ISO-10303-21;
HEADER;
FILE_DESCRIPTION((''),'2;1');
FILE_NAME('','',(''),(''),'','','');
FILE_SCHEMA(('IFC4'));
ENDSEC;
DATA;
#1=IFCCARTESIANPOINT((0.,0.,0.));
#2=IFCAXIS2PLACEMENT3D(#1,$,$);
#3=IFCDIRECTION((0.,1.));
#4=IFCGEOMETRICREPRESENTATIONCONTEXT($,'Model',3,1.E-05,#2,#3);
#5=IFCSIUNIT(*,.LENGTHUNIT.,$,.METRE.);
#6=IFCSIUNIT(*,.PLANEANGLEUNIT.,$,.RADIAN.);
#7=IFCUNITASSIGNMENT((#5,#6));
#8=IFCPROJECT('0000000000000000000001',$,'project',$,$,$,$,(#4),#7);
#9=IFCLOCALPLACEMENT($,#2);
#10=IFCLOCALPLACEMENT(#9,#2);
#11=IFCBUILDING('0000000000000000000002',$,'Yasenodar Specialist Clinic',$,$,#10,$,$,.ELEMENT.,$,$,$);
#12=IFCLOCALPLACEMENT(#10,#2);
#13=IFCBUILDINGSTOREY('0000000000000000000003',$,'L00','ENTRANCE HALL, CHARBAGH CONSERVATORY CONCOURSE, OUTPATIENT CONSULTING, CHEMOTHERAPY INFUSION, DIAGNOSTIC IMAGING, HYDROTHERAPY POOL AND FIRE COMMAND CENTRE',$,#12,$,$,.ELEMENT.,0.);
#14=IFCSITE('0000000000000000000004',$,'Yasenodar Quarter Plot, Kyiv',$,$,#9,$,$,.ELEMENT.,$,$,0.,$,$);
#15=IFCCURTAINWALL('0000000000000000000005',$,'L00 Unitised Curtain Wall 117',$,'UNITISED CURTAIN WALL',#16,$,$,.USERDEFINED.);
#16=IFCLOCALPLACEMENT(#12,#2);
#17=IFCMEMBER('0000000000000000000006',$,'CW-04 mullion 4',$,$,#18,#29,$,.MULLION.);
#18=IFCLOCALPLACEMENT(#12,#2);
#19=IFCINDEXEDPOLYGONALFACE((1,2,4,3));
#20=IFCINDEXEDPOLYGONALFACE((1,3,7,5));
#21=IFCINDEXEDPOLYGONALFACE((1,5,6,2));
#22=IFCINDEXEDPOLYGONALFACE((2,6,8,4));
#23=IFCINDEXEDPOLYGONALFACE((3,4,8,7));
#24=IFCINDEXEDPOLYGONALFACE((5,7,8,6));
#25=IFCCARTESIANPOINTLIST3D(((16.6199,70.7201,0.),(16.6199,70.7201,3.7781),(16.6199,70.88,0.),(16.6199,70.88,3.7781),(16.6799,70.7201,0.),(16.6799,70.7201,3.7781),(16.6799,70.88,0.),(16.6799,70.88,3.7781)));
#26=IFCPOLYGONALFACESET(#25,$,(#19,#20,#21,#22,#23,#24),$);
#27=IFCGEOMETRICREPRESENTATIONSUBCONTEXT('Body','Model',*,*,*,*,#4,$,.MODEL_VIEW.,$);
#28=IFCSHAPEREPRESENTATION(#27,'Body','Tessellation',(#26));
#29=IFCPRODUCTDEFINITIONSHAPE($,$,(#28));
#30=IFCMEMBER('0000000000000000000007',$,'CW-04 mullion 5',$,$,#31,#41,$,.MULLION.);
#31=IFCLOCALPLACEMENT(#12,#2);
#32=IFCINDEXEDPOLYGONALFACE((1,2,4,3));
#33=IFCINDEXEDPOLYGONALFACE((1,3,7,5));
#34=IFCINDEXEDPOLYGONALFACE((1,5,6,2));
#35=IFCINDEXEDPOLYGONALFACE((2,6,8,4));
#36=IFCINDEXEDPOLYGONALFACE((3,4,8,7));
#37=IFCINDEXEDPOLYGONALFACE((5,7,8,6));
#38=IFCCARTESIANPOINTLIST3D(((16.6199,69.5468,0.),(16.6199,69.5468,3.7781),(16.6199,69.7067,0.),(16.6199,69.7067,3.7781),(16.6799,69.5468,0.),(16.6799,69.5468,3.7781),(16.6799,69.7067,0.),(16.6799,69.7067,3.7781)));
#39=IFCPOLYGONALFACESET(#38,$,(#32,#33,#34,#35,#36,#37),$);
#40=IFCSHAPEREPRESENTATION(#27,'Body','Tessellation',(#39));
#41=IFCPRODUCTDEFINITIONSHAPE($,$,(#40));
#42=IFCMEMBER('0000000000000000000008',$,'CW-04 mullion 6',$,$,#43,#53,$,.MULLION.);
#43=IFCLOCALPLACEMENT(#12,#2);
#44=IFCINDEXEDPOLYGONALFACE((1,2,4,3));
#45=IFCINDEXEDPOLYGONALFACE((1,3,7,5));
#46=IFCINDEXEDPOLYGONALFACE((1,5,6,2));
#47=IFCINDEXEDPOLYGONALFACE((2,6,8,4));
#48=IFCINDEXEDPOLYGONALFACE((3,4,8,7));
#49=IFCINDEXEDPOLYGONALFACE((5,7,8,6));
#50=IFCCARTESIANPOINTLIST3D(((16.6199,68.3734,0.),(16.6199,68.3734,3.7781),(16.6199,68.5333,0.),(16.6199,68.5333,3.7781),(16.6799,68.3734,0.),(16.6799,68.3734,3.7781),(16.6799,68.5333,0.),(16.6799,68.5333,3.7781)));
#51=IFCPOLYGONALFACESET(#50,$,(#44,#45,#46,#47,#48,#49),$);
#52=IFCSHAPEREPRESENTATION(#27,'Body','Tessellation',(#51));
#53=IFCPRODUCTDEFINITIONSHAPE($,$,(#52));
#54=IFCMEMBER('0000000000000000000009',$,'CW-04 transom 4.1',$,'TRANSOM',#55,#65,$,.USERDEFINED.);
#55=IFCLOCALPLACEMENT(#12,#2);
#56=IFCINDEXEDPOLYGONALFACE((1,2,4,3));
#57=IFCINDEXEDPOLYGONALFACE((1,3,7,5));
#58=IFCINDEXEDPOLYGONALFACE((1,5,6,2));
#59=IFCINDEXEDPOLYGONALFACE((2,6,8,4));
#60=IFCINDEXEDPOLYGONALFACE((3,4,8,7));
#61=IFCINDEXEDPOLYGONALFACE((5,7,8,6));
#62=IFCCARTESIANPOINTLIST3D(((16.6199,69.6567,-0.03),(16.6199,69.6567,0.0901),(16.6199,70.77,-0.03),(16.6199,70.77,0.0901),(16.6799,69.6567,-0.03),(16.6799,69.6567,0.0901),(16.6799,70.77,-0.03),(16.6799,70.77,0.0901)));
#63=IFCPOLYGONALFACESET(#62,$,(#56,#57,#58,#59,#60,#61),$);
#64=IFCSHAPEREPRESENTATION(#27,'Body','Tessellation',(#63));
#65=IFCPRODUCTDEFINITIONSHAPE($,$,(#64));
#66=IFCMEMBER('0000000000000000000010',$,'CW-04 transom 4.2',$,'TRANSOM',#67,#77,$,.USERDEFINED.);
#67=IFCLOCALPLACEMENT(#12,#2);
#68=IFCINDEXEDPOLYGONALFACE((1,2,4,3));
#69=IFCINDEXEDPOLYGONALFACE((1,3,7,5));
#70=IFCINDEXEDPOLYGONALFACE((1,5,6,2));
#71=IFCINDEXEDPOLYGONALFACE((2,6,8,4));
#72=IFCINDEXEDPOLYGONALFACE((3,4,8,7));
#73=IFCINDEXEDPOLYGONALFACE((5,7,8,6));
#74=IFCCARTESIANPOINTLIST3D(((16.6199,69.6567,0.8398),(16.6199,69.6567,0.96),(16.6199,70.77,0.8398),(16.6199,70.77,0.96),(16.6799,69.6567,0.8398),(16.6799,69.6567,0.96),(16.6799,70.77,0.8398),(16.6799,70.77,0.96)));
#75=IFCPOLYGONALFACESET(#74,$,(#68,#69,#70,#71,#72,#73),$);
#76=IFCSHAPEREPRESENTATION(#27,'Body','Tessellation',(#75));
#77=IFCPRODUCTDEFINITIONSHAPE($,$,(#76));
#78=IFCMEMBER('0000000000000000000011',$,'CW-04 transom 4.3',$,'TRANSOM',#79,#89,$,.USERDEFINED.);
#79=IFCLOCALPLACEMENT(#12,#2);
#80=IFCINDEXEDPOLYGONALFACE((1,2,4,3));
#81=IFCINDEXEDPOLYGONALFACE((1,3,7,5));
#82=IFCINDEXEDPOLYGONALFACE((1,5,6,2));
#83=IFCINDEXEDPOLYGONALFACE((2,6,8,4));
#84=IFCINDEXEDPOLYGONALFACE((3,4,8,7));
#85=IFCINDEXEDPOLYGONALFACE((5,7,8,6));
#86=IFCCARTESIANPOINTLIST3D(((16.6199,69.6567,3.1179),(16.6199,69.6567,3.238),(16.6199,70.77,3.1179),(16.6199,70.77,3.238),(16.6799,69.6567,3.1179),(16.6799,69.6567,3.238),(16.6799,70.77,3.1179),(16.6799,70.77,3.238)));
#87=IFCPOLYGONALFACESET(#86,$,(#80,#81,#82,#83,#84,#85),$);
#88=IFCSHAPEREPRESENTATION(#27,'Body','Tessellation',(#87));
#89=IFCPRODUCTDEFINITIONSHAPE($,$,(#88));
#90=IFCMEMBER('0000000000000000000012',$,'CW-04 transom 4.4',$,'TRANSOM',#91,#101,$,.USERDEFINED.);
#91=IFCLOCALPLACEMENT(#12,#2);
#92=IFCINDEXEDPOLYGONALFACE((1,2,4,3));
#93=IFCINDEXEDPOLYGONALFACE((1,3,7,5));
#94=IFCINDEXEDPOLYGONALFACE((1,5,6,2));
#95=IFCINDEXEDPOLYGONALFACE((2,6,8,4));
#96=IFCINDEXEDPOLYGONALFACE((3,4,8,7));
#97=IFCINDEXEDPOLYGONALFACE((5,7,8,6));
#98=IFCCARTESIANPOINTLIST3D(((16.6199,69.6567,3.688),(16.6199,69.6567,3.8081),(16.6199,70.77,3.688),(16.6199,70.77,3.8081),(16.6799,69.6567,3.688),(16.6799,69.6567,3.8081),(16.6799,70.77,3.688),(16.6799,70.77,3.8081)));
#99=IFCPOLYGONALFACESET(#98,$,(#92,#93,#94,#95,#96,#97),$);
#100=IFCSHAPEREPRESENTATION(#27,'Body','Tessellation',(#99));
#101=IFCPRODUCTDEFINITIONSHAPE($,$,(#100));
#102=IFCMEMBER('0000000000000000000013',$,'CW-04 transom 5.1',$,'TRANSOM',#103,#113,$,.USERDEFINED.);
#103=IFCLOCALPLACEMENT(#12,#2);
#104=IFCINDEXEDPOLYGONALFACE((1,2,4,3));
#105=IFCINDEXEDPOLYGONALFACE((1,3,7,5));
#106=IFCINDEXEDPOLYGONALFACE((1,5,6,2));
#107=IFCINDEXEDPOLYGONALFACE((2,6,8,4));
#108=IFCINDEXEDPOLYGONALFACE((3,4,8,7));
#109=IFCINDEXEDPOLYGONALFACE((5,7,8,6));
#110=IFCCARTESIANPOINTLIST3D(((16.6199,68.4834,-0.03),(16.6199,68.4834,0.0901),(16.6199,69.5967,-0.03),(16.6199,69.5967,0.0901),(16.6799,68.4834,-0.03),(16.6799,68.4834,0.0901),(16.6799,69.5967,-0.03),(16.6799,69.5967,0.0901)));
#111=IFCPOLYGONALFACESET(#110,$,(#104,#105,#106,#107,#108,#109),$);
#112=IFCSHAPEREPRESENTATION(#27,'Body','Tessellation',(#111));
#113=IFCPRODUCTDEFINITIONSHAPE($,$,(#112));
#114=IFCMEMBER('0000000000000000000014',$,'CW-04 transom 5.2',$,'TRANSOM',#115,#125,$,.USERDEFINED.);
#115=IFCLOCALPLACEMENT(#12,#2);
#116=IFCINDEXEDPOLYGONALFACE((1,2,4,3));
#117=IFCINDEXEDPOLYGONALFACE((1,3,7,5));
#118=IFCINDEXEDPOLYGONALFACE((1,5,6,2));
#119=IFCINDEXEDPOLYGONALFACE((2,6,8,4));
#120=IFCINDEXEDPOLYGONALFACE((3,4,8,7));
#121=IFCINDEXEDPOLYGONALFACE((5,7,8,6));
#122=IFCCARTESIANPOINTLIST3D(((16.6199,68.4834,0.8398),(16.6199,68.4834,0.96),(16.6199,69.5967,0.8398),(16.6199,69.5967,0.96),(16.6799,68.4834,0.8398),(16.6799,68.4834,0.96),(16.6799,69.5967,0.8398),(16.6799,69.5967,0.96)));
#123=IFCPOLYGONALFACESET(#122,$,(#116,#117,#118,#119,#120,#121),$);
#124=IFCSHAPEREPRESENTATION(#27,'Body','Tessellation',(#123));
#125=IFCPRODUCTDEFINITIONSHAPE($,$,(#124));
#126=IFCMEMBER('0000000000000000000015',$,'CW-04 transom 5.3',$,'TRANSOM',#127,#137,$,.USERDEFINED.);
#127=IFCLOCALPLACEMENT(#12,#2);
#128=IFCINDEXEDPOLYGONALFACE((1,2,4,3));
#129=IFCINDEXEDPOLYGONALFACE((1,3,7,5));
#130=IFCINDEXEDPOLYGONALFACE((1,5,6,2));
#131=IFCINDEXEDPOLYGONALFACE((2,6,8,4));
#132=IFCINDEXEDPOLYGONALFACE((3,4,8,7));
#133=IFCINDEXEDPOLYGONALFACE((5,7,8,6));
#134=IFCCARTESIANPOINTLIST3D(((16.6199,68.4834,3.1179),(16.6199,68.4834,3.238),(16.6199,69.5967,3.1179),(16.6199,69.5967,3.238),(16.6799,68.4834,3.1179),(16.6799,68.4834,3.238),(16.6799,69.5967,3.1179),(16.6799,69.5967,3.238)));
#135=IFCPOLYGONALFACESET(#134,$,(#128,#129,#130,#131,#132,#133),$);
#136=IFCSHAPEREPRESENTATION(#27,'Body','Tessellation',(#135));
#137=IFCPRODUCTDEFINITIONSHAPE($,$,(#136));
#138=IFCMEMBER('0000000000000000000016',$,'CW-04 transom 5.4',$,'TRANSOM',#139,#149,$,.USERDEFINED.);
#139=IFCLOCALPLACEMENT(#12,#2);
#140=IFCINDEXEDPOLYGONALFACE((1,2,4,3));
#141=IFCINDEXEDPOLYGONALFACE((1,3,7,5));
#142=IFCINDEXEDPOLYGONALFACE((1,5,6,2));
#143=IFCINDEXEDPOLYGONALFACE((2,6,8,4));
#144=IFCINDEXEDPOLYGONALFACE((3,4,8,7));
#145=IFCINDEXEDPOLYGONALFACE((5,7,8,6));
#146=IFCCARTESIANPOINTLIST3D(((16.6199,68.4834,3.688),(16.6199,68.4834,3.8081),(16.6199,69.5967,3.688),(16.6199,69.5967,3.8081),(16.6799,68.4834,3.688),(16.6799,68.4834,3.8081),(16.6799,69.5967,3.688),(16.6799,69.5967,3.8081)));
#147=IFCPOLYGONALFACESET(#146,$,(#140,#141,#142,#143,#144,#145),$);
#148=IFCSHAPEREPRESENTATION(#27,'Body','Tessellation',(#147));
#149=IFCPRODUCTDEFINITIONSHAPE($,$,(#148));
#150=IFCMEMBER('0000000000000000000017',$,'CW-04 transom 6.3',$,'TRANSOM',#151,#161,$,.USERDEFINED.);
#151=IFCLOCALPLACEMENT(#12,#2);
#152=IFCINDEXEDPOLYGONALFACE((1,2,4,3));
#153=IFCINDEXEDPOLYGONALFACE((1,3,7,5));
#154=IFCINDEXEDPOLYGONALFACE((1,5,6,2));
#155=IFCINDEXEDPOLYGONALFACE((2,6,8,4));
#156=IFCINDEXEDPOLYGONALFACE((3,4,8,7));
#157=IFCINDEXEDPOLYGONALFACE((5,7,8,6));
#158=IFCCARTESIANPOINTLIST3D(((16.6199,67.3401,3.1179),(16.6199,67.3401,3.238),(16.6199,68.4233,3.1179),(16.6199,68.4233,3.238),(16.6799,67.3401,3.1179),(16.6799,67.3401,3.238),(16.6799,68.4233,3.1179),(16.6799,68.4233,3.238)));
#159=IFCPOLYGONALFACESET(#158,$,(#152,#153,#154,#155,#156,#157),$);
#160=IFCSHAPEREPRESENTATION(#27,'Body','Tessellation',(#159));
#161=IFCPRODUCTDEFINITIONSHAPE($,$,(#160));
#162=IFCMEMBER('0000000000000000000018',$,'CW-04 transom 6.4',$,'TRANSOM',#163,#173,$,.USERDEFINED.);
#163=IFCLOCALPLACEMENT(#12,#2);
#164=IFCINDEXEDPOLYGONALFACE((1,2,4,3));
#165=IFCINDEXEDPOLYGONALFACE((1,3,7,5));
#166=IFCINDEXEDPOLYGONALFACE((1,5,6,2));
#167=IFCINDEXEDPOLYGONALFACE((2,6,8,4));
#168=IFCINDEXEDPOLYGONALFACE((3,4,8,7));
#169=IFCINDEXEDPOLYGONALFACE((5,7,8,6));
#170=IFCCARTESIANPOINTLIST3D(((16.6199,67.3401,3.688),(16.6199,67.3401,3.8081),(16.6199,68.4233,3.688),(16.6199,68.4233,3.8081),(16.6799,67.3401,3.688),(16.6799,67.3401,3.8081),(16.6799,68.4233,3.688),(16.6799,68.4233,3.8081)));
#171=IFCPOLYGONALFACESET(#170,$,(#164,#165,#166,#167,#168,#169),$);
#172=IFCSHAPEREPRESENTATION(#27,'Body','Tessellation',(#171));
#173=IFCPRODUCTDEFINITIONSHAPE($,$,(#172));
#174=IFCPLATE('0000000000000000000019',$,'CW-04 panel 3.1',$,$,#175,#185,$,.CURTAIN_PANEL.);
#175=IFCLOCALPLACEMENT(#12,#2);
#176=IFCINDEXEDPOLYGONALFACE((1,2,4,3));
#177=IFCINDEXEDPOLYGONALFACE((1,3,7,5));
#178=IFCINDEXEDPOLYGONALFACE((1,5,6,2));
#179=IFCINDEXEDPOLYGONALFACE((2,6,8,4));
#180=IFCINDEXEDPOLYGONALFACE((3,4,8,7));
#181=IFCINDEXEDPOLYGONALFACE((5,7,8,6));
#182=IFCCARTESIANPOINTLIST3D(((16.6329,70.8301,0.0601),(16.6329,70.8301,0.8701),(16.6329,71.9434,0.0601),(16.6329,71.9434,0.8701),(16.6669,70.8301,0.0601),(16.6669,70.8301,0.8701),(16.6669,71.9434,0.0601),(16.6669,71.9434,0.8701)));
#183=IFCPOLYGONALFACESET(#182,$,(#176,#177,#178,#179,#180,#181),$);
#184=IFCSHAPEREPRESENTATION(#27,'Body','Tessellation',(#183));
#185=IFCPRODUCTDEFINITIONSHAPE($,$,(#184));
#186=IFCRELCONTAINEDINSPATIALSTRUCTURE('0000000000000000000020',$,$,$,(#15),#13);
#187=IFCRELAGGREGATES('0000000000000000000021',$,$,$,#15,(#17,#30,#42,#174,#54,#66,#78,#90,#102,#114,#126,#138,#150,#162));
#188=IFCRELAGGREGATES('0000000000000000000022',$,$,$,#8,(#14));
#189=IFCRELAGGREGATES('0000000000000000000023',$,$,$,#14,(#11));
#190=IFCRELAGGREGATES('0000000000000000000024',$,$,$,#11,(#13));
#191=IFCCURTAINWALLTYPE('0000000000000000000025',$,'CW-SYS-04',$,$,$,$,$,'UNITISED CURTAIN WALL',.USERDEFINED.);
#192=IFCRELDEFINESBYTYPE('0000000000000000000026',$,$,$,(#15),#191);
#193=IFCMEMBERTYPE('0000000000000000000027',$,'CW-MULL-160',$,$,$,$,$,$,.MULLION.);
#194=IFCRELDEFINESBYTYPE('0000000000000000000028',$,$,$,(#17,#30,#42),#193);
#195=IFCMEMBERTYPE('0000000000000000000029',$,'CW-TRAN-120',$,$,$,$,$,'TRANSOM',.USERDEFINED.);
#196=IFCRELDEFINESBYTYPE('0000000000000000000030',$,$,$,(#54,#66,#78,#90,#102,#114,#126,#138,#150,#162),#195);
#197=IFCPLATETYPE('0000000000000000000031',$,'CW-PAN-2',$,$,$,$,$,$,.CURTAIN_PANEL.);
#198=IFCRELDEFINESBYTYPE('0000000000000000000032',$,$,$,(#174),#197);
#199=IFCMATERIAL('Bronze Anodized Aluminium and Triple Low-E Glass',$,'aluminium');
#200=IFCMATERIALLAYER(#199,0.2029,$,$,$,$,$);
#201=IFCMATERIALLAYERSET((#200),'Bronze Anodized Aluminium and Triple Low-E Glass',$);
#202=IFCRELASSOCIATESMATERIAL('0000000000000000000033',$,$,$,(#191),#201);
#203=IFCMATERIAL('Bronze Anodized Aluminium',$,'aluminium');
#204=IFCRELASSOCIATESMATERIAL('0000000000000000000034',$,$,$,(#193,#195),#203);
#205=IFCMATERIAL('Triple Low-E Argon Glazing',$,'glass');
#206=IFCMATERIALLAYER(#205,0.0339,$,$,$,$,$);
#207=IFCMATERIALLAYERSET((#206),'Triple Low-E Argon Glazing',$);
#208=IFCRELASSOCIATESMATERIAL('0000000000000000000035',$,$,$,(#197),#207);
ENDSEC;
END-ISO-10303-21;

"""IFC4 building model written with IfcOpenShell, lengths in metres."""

from ifc_helpers import new_model, si_unit, direction, frame, origin, origin_2d, place, context, subcontext, project, spatial, rectangle, extrude, material, layer, layer_set, material_profile, profile_set, type_object, element, aggregate, save


model = new_model("IFC4")

# Units and contexts
model_context = context("Model", 3, precision=1e-05, world=origin(), true_north=direction((0.0, 1.0)))
body_context = subcontext(model_context, "Body", "Model", "MODEL_VIEW")
ifc_project = project(units=[si_unit("LENGTHUNIT", "METRE"), si_unit("PLANEANGLEUNIT", "RADIAN")], contexts=[model_context])

# Site, building, storey
site_placement = place(None, origin())
site = spatial("IfcSite", under=ifc_project, at=site_placement, Name="Yasenodar Quarter Plot, Kyiv", CompositionType="ELEMENT", RefElevation=0.0)
building_placement = place(site_placement, origin())
building = spatial("IfcBuilding", under=site, at=building_placement, Name="Yasenodar Specialist Clinic", CompositionType="ELEMENT")
storey_placement = place(building_placement, origin())
storey = spatial("IfcBuildingStorey", under=building, at=storey_placement, Name="L00", Description="ENTRANCE HALL, CHARBAGH CONSERVATORY CONCOURSE, OUTPATIENT CONSULTING, CHEMOTHERAPY INFUSION, DIAGNOSTIC IMAGING, HYDROTHERAPY POOL AND FIRE COMMAND CENTRE", CompositionType="ELEMENT", Elevation=0.0)

# Curtain wall, members, plate
ifc_material_1 = material(Name="Bronze Anodized Aluminium and Triple Low-E Glass", Category="aluminium")
ifc_layer_1 = layer(ifc_material_1, 0.2029)
ifc_layer_set_1 = layer_set([ifc_layer_1], Name="Bronze Anodized Aluminium and Triple Low-E Glass")
curtain_wall_type = type_object("IfcCurtainWallType", Name="CW-SYS-04", ElementType="UNITISED CURTAIN WALL", PredefinedType="USERDEFINED", material=ifc_layer_set_1)
curtain_wall_placement = place(storey_placement, origin())
curtain_wall = element("IfcCurtainWall", 1, at=curtain_wall_placement, inside=storey, type_object=curtain_wall_type, Name="L00 Unitised Curtain Wall 117", ObjectType="UNITISED CURTAIN WALL", PredefinedType="USERDEFINED")
ifc_material_2 = material(Name="Bronze Anodized Aluminium", Category="aluminium")
ifc_material_profile_1 = material_profile(ifc_material_2, rectangle(XDim=0.0601, YDim=0.1599, at=origin_2d()), Name="CW-MULL 60x160")
ifc_profile_set_1 = profile_set([ifc_material_profile_1], Name="Bronze Anodized Aluminium")
member_type_1 = type_object("IfcMemberType", Name="CW-MULL-160", PredefinedType="MULLION", material=ifc_profile_set_1)
member_1_placement = place(storey_placement, frame((16.6499, 70.8, 0.0), z_axis=(0.0, 0.0, 1.0), x_axis=(1.0, 0.0, 0.0)))
member_1 = element("IfcMember", 2, at=member_1_placement, type_object=member_type_1, Name="CW-04 mullion 4", PredefinedType="MULLION", context=body_context, shape_type="SweptSolid", body=[
    extrude(rectangle(XDim=0.0601, YDim=0.1599, at=origin_2d()), origin(), (0.0, 0.0, 1.0), 3.7781),
])
member_2_placement = place(storey_placement, frame((16.6499, 69.6267, 0.0), z_axis=(0.0, 0.0, 1.0), x_axis=(1.0, 0.0, 0.0)))
member_2 = element("IfcMember", 3, at=member_2_placement, type_object=member_type_1, Name="CW-04 mullion 5", PredefinedType="MULLION", context=body_context, shape_type="SweptSolid", body=[
    extrude(rectangle(XDim=0.0601, YDim=0.1599, at=origin_2d()), origin(), (0.0, 0.0, 1.0), 3.7781),
])
member_3_placement = place(storey_placement, frame((16.6499, 68.4534, 0.0), z_axis=(0.0, 0.0, 1.0), x_axis=(1.0, 0.0, 0.0)))
member_3 = element("IfcMember", 4, at=member_3_placement, type_object=member_type_1, Name="CW-04 mullion 6", PredefinedType="MULLION", context=body_context, shape_type="SweptSolid", body=[
    extrude(rectangle(XDim=0.0601, YDim=0.1599, at=origin_2d()), origin(), (0.0, 0.0, 1.0), 3.7781),
])
ifc_material_profile_2 = material_profile(ifc_material_2, rectangle(XDim=0.0601, YDim=0.1201, at=origin_2d()), Name="CW-TRAN 60x120")
ifc_profile_set_2 = profile_set([ifc_material_profile_2], Name="Bronze Anodized Aluminium")
member_type_2 = type_object("IfcMemberType", Name="CW-TRAN-120", ElementType="TRANSOM", PredefinedType="USERDEFINED", material=ifc_profile_set_2)
member_4_placement = place(storey_placement, frame((16.6499, 70.77, 0.03), z_axis=(0.0, -1.0, 0.0), x_axis=(1.0, 0.0, 0.0)))
member_4 = element("IfcMember", 5, at=member_4_placement, type_object=member_type_2, Name="CW-04 transom 4.1", ObjectType="TRANSOM", PredefinedType="USERDEFINED", context=body_context, shape_type="SweptSolid", body=[
    extrude(rectangle(XDim=0.0601, YDim=0.1201, at=origin_2d()), origin(), (0.0, 0.0, 1.0), 1.1133),
])
member_5_placement = place(storey_placement, frame((16.6499, 70.77, 0.8999), z_axis=(0.0, -1.0, 0.0), x_axis=(1.0, 0.0, 0.0)))
member_5 = element("IfcMember", 6, at=member_5_placement, type_object=member_type_2, Name="CW-04 transom 4.2", ObjectType="TRANSOM", PredefinedType="USERDEFINED", context=body_context, shape_type="SweptSolid", body=[
    extrude(rectangle(XDim=0.0601, YDim=0.1201, at=origin_2d()), origin(), (0.0, 0.0, 1.0), 1.1133),
])
member_6_placement = place(storey_placement, frame((16.6499, 70.77, 3.178), z_axis=(0.0, -1.0, 0.0), x_axis=(1.0, 0.0, 0.0)))
member_6 = element("IfcMember", 7, at=member_6_placement, type_object=member_type_2, Name="CW-04 transom 4.3", ObjectType="TRANSOM", PredefinedType="USERDEFINED", context=body_context, shape_type="SweptSolid", body=[
    extrude(rectangle(XDim=0.0601, YDim=0.1201, at=origin_2d()), origin(), (0.0, 0.0, 1.0), 1.1133),
])
member_7_placement = place(storey_placement, frame((16.6499, 70.77, 3.748), z_axis=(0.0, -1.0, 0.0), x_axis=(1.0, 0.0, 0.0)))
member_7 = element("IfcMember", 8, at=member_7_placement, type_object=member_type_2, Name="CW-04 transom 4.4", ObjectType="TRANSOM", PredefinedType="USERDEFINED", context=body_context, shape_type="SweptSolid", body=[
    extrude(rectangle(XDim=0.0601, YDim=0.1201, at=origin_2d()), origin(), (0.0, 0.0, 1.0), 1.1133),
])
member_8_placement = place(storey_placement, frame((16.6499, 69.5967, 0.03), z_axis=(0.0, -1.0, 0.0), x_axis=(1.0, 0.0, 0.0)))
member_8 = element("IfcMember", 9, at=member_8_placement, type_object=member_type_2, Name="CW-04 transom 5.1", ObjectType="TRANSOM", PredefinedType="USERDEFINED", context=body_context, shape_type="SweptSolid", body=[
    extrude(rectangle(XDim=0.0601, YDim=0.1201, at=origin_2d()), origin(), (0.0, 0.0, 1.0), 1.1133),
])
member_9_placement = place(storey_placement, frame((16.6499, 69.5967, 0.8999), z_axis=(0.0, -1.0, 0.0), x_axis=(1.0, 0.0, 0.0)))
member_9 = element("IfcMember", 10, at=member_9_placement, type_object=member_type_2, Name="CW-04 transom 5.2", ObjectType="TRANSOM", PredefinedType="USERDEFINED", context=body_context, shape_type="SweptSolid", body=[
    extrude(rectangle(XDim=0.0601, YDim=0.1201, at=origin_2d()), origin(), (0.0, 0.0, 1.0), 1.1133),
])
member_10_placement = place(storey_placement, frame((16.6499, 69.5967, 3.178), z_axis=(0.0, -1.0, 0.0), x_axis=(1.0, 0.0, 0.0)))
member_10 = element("IfcMember", 11, at=member_10_placement, type_object=member_type_2, Name="CW-04 transom 5.3", ObjectType="TRANSOM", PredefinedType="USERDEFINED", context=body_context, shape_type="SweptSolid", body=[
    extrude(rectangle(XDim=0.0601, YDim=0.1201, at=origin_2d()), origin(), (0.0, 0.0, 1.0), 1.1133),
])
member_11_placement = place(storey_placement, frame((16.6499, 69.5967, 3.748), z_axis=(0.0, -1.0, 0.0), x_axis=(1.0, 0.0, 0.0)))
member_11 = element("IfcMember", 12, at=member_11_placement, type_object=member_type_2, Name="CW-04 transom 5.4", ObjectType="TRANSOM", PredefinedType="USERDEFINED", context=body_context, shape_type="SweptSolid", body=[
    extrude(rectangle(XDim=0.0601, YDim=0.1201, at=origin_2d()), origin(), (0.0, 0.0, 1.0), 1.1133),
])
member_12_placement = place(storey_placement, frame((16.6499, 68.4233, 3.178), z_axis=(0.0, -1.0, 0.0), x_axis=(1.0, 0.0, 0.0)))
member_12 = element("IfcMember", 13, at=member_12_placement, type_object=member_type_2, Name="CW-04 transom 6.3", ObjectType="TRANSOM", PredefinedType="USERDEFINED", context=body_context, shape_type="SweptSolid", body=[
    extrude(rectangle(XDim=0.0601, YDim=0.1201, at=origin_2d()), origin(), (0.0, 0.0, 1.0), 1.0833),
])
member_13_placement = place(storey_placement, frame((16.6499, 68.4233, 3.748), z_axis=(0.0, -1.0, 0.0), x_axis=(1.0, 0.0, 0.0)))
member_13 = element("IfcMember", 14, at=member_13_placement, type_object=member_type_2, Name="CW-04 transom 6.4", ObjectType="TRANSOM", PredefinedType="USERDEFINED", context=body_context, shape_type="SweptSolid", body=[
    extrude(rectangle(XDim=0.0601, YDim=0.1201, at=origin_2d()), origin(), (0.0, 0.0, 1.0), 1.0833),
])
ifc_material_3 = material(Name="Triple Low-E Argon Glazing", Category="glass")
ifc_layer_2 = layer(ifc_material_3, 0.0339)
ifc_layer_set_2 = layer_set([ifc_layer_2], Name="Triple Low-E Argon Glazing")
plate_type = type_object("IfcPlateType", Name="CW-PAN-2", PredefinedType="CURTAIN_PANEL", material=ifc_layer_set_2)
plate_1_placement = place(storey_placement, frame((16.6499, 71.3867, 0.0601), z_axis=(0.0, 0.0, 1.0), x_axis=(0.0, -1.0, 0.0)))
plate_1 = element("IfcPlate", 15, at=plate_1_placement, type_object=plate_type, Name="CW-04 panel 3.1", PredefinedType="CURTAIN_PANEL", context=body_context, shape_type="SweptSolid", body=[
    extrude(rectangle(XDim=1.1133, YDim=0.0339, at=origin_2d()), origin(), (0.0, 0.0, 1.0), 0.8101),
])
aggregate(curtain_wall, [member_1, member_2, member_3, plate_1, member_4, member_5, member_6, member_7, member_8, member_9, member_10, member_11, member_12, member_13])

save(model, "model.ifc")
